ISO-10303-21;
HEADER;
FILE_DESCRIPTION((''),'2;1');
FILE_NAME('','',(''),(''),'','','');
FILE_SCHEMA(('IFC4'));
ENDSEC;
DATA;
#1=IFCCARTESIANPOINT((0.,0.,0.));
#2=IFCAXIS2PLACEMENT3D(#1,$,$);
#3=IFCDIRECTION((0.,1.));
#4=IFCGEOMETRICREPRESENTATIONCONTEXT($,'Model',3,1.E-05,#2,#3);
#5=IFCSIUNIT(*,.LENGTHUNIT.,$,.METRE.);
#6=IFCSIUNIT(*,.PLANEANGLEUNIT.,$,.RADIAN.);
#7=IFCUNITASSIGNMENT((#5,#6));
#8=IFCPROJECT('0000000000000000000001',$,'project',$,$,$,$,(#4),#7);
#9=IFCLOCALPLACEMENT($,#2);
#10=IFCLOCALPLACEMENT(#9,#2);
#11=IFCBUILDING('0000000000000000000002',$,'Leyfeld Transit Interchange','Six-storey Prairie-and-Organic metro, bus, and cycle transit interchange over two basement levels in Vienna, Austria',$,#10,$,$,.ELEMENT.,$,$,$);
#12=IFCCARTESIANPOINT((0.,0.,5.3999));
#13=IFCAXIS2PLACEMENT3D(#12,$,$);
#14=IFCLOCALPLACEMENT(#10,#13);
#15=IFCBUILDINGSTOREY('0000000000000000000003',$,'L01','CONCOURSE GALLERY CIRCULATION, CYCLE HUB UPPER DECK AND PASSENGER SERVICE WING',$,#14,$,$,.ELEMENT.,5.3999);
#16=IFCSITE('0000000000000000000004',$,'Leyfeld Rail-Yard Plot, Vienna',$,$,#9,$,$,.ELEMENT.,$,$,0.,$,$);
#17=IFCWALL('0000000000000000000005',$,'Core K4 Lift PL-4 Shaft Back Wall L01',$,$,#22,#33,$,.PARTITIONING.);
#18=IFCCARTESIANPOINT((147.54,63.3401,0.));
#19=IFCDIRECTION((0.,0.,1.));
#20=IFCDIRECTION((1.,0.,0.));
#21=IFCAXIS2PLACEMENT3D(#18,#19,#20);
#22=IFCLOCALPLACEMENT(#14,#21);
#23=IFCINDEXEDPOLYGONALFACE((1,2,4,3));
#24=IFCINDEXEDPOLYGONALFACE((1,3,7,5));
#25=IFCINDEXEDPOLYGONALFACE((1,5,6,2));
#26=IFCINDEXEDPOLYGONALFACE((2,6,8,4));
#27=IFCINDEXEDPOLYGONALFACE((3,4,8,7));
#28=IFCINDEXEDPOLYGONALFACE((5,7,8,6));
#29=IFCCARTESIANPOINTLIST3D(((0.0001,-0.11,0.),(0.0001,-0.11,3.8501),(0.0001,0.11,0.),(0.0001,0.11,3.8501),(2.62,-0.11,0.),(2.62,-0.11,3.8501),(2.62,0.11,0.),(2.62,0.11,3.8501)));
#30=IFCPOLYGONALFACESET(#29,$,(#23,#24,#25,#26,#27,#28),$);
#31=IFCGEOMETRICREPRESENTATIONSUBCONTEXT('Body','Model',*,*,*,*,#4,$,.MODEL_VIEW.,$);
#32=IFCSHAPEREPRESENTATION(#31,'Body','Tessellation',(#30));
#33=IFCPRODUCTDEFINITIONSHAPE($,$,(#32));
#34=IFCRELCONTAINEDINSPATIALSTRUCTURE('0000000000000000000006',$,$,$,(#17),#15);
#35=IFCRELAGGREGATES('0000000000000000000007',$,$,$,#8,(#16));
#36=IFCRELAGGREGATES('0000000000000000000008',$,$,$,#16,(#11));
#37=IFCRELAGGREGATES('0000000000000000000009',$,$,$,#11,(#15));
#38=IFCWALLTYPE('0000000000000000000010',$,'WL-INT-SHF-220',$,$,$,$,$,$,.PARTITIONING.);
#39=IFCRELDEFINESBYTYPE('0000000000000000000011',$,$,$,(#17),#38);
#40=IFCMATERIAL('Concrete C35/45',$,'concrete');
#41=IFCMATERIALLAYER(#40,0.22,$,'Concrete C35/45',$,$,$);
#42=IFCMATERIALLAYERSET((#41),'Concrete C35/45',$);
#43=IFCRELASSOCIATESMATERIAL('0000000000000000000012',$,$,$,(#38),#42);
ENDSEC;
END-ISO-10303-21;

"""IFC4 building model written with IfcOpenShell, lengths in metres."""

from ifc_helpers import new_model, si_unit, direction, frame, frame_2d, origin, place, context, subcontext, project, spatial, rectangle, extrude, material, layer, layer_set, type_object, element, save


model = new_model("IFC4")

# Units and contexts
model_context = context("Model", 3, precision=1e-05, world=origin(), true_north=direction((0.0, 1.0)))
body_context = subcontext(model_context, "Body", "Model", "MODEL_VIEW")
ifc_project = project(units=[si_unit("LENGTHUNIT", "METRE"), si_unit("PLANEANGLEUNIT", "RADIAN")], contexts=[model_context])

# Site, building, storey
site_placement = place(None, origin())
site = spatial("IfcSite", under=ifc_project, at=site_placement, Name="Leyfeld Rail-Yard Plot, Vienna", CompositionType="ELEMENT", RefElevation=0.0)
building_placement = place(site_placement, origin())
building = spatial("IfcBuilding", under=site, at=building_placement, Name="Leyfeld Transit Interchange", Description="Six-storey Prairie-and-Organic metro, bus, and cycle transit interchange over two basement levels in Vienna, Austria", CompositionType="ELEMENT")
storey_placement = place(building_placement, frame((0.0, 0.0, 5.3999)))
storey = spatial("IfcBuildingStorey", under=building, at=storey_placement, Name="L01", Description="CONCOURSE GALLERY CIRCULATION, CYCLE HUB UPPER DECK AND PASSENGER SERVICE WING", CompositionType="ELEMENT", Elevation=5.3999)

# Shared definitions
ifc_material_1 = material(Name="Concrete C35/45", Category="concrete")

# Shared definitions
ifc_layer_1 = layer(ifc_material_1, 0.22, Name="Concrete C35/45")
ifc_layer_set_1 = layer_set([ifc_layer_1], Name="Concrete C35/45")
wall_type_1 = type_object("IfcWallType", Name="WL-INT-SHF-220", PredefinedType="PARTITIONING", material=ifc_layer_set_1)

# Wall
wall_1_placement = place(storey_placement, frame((147.54, 63.3401, 0.0), z_axis=(0.0, 0.0, 1.0), x_axis=(1.0, 0.0, 0.0)))
element("IfcWall", 1, at=wall_1_placement, inside=storey, type_object=wall_type_1, Name="Core K4 Lift PL-4 Shaft Back Wall L01", PredefinedType="PARTITIONING", context=body_context, shape_type="SweptSolid", body=[
    extrude(rectangle(XDim=2.6199, YDim=0.22, at=frame_2d((1.3101, 0.0))), origin(), (0.0, 0.0, 1.0), 3.8501),
])

save(model, "model.ifc")
